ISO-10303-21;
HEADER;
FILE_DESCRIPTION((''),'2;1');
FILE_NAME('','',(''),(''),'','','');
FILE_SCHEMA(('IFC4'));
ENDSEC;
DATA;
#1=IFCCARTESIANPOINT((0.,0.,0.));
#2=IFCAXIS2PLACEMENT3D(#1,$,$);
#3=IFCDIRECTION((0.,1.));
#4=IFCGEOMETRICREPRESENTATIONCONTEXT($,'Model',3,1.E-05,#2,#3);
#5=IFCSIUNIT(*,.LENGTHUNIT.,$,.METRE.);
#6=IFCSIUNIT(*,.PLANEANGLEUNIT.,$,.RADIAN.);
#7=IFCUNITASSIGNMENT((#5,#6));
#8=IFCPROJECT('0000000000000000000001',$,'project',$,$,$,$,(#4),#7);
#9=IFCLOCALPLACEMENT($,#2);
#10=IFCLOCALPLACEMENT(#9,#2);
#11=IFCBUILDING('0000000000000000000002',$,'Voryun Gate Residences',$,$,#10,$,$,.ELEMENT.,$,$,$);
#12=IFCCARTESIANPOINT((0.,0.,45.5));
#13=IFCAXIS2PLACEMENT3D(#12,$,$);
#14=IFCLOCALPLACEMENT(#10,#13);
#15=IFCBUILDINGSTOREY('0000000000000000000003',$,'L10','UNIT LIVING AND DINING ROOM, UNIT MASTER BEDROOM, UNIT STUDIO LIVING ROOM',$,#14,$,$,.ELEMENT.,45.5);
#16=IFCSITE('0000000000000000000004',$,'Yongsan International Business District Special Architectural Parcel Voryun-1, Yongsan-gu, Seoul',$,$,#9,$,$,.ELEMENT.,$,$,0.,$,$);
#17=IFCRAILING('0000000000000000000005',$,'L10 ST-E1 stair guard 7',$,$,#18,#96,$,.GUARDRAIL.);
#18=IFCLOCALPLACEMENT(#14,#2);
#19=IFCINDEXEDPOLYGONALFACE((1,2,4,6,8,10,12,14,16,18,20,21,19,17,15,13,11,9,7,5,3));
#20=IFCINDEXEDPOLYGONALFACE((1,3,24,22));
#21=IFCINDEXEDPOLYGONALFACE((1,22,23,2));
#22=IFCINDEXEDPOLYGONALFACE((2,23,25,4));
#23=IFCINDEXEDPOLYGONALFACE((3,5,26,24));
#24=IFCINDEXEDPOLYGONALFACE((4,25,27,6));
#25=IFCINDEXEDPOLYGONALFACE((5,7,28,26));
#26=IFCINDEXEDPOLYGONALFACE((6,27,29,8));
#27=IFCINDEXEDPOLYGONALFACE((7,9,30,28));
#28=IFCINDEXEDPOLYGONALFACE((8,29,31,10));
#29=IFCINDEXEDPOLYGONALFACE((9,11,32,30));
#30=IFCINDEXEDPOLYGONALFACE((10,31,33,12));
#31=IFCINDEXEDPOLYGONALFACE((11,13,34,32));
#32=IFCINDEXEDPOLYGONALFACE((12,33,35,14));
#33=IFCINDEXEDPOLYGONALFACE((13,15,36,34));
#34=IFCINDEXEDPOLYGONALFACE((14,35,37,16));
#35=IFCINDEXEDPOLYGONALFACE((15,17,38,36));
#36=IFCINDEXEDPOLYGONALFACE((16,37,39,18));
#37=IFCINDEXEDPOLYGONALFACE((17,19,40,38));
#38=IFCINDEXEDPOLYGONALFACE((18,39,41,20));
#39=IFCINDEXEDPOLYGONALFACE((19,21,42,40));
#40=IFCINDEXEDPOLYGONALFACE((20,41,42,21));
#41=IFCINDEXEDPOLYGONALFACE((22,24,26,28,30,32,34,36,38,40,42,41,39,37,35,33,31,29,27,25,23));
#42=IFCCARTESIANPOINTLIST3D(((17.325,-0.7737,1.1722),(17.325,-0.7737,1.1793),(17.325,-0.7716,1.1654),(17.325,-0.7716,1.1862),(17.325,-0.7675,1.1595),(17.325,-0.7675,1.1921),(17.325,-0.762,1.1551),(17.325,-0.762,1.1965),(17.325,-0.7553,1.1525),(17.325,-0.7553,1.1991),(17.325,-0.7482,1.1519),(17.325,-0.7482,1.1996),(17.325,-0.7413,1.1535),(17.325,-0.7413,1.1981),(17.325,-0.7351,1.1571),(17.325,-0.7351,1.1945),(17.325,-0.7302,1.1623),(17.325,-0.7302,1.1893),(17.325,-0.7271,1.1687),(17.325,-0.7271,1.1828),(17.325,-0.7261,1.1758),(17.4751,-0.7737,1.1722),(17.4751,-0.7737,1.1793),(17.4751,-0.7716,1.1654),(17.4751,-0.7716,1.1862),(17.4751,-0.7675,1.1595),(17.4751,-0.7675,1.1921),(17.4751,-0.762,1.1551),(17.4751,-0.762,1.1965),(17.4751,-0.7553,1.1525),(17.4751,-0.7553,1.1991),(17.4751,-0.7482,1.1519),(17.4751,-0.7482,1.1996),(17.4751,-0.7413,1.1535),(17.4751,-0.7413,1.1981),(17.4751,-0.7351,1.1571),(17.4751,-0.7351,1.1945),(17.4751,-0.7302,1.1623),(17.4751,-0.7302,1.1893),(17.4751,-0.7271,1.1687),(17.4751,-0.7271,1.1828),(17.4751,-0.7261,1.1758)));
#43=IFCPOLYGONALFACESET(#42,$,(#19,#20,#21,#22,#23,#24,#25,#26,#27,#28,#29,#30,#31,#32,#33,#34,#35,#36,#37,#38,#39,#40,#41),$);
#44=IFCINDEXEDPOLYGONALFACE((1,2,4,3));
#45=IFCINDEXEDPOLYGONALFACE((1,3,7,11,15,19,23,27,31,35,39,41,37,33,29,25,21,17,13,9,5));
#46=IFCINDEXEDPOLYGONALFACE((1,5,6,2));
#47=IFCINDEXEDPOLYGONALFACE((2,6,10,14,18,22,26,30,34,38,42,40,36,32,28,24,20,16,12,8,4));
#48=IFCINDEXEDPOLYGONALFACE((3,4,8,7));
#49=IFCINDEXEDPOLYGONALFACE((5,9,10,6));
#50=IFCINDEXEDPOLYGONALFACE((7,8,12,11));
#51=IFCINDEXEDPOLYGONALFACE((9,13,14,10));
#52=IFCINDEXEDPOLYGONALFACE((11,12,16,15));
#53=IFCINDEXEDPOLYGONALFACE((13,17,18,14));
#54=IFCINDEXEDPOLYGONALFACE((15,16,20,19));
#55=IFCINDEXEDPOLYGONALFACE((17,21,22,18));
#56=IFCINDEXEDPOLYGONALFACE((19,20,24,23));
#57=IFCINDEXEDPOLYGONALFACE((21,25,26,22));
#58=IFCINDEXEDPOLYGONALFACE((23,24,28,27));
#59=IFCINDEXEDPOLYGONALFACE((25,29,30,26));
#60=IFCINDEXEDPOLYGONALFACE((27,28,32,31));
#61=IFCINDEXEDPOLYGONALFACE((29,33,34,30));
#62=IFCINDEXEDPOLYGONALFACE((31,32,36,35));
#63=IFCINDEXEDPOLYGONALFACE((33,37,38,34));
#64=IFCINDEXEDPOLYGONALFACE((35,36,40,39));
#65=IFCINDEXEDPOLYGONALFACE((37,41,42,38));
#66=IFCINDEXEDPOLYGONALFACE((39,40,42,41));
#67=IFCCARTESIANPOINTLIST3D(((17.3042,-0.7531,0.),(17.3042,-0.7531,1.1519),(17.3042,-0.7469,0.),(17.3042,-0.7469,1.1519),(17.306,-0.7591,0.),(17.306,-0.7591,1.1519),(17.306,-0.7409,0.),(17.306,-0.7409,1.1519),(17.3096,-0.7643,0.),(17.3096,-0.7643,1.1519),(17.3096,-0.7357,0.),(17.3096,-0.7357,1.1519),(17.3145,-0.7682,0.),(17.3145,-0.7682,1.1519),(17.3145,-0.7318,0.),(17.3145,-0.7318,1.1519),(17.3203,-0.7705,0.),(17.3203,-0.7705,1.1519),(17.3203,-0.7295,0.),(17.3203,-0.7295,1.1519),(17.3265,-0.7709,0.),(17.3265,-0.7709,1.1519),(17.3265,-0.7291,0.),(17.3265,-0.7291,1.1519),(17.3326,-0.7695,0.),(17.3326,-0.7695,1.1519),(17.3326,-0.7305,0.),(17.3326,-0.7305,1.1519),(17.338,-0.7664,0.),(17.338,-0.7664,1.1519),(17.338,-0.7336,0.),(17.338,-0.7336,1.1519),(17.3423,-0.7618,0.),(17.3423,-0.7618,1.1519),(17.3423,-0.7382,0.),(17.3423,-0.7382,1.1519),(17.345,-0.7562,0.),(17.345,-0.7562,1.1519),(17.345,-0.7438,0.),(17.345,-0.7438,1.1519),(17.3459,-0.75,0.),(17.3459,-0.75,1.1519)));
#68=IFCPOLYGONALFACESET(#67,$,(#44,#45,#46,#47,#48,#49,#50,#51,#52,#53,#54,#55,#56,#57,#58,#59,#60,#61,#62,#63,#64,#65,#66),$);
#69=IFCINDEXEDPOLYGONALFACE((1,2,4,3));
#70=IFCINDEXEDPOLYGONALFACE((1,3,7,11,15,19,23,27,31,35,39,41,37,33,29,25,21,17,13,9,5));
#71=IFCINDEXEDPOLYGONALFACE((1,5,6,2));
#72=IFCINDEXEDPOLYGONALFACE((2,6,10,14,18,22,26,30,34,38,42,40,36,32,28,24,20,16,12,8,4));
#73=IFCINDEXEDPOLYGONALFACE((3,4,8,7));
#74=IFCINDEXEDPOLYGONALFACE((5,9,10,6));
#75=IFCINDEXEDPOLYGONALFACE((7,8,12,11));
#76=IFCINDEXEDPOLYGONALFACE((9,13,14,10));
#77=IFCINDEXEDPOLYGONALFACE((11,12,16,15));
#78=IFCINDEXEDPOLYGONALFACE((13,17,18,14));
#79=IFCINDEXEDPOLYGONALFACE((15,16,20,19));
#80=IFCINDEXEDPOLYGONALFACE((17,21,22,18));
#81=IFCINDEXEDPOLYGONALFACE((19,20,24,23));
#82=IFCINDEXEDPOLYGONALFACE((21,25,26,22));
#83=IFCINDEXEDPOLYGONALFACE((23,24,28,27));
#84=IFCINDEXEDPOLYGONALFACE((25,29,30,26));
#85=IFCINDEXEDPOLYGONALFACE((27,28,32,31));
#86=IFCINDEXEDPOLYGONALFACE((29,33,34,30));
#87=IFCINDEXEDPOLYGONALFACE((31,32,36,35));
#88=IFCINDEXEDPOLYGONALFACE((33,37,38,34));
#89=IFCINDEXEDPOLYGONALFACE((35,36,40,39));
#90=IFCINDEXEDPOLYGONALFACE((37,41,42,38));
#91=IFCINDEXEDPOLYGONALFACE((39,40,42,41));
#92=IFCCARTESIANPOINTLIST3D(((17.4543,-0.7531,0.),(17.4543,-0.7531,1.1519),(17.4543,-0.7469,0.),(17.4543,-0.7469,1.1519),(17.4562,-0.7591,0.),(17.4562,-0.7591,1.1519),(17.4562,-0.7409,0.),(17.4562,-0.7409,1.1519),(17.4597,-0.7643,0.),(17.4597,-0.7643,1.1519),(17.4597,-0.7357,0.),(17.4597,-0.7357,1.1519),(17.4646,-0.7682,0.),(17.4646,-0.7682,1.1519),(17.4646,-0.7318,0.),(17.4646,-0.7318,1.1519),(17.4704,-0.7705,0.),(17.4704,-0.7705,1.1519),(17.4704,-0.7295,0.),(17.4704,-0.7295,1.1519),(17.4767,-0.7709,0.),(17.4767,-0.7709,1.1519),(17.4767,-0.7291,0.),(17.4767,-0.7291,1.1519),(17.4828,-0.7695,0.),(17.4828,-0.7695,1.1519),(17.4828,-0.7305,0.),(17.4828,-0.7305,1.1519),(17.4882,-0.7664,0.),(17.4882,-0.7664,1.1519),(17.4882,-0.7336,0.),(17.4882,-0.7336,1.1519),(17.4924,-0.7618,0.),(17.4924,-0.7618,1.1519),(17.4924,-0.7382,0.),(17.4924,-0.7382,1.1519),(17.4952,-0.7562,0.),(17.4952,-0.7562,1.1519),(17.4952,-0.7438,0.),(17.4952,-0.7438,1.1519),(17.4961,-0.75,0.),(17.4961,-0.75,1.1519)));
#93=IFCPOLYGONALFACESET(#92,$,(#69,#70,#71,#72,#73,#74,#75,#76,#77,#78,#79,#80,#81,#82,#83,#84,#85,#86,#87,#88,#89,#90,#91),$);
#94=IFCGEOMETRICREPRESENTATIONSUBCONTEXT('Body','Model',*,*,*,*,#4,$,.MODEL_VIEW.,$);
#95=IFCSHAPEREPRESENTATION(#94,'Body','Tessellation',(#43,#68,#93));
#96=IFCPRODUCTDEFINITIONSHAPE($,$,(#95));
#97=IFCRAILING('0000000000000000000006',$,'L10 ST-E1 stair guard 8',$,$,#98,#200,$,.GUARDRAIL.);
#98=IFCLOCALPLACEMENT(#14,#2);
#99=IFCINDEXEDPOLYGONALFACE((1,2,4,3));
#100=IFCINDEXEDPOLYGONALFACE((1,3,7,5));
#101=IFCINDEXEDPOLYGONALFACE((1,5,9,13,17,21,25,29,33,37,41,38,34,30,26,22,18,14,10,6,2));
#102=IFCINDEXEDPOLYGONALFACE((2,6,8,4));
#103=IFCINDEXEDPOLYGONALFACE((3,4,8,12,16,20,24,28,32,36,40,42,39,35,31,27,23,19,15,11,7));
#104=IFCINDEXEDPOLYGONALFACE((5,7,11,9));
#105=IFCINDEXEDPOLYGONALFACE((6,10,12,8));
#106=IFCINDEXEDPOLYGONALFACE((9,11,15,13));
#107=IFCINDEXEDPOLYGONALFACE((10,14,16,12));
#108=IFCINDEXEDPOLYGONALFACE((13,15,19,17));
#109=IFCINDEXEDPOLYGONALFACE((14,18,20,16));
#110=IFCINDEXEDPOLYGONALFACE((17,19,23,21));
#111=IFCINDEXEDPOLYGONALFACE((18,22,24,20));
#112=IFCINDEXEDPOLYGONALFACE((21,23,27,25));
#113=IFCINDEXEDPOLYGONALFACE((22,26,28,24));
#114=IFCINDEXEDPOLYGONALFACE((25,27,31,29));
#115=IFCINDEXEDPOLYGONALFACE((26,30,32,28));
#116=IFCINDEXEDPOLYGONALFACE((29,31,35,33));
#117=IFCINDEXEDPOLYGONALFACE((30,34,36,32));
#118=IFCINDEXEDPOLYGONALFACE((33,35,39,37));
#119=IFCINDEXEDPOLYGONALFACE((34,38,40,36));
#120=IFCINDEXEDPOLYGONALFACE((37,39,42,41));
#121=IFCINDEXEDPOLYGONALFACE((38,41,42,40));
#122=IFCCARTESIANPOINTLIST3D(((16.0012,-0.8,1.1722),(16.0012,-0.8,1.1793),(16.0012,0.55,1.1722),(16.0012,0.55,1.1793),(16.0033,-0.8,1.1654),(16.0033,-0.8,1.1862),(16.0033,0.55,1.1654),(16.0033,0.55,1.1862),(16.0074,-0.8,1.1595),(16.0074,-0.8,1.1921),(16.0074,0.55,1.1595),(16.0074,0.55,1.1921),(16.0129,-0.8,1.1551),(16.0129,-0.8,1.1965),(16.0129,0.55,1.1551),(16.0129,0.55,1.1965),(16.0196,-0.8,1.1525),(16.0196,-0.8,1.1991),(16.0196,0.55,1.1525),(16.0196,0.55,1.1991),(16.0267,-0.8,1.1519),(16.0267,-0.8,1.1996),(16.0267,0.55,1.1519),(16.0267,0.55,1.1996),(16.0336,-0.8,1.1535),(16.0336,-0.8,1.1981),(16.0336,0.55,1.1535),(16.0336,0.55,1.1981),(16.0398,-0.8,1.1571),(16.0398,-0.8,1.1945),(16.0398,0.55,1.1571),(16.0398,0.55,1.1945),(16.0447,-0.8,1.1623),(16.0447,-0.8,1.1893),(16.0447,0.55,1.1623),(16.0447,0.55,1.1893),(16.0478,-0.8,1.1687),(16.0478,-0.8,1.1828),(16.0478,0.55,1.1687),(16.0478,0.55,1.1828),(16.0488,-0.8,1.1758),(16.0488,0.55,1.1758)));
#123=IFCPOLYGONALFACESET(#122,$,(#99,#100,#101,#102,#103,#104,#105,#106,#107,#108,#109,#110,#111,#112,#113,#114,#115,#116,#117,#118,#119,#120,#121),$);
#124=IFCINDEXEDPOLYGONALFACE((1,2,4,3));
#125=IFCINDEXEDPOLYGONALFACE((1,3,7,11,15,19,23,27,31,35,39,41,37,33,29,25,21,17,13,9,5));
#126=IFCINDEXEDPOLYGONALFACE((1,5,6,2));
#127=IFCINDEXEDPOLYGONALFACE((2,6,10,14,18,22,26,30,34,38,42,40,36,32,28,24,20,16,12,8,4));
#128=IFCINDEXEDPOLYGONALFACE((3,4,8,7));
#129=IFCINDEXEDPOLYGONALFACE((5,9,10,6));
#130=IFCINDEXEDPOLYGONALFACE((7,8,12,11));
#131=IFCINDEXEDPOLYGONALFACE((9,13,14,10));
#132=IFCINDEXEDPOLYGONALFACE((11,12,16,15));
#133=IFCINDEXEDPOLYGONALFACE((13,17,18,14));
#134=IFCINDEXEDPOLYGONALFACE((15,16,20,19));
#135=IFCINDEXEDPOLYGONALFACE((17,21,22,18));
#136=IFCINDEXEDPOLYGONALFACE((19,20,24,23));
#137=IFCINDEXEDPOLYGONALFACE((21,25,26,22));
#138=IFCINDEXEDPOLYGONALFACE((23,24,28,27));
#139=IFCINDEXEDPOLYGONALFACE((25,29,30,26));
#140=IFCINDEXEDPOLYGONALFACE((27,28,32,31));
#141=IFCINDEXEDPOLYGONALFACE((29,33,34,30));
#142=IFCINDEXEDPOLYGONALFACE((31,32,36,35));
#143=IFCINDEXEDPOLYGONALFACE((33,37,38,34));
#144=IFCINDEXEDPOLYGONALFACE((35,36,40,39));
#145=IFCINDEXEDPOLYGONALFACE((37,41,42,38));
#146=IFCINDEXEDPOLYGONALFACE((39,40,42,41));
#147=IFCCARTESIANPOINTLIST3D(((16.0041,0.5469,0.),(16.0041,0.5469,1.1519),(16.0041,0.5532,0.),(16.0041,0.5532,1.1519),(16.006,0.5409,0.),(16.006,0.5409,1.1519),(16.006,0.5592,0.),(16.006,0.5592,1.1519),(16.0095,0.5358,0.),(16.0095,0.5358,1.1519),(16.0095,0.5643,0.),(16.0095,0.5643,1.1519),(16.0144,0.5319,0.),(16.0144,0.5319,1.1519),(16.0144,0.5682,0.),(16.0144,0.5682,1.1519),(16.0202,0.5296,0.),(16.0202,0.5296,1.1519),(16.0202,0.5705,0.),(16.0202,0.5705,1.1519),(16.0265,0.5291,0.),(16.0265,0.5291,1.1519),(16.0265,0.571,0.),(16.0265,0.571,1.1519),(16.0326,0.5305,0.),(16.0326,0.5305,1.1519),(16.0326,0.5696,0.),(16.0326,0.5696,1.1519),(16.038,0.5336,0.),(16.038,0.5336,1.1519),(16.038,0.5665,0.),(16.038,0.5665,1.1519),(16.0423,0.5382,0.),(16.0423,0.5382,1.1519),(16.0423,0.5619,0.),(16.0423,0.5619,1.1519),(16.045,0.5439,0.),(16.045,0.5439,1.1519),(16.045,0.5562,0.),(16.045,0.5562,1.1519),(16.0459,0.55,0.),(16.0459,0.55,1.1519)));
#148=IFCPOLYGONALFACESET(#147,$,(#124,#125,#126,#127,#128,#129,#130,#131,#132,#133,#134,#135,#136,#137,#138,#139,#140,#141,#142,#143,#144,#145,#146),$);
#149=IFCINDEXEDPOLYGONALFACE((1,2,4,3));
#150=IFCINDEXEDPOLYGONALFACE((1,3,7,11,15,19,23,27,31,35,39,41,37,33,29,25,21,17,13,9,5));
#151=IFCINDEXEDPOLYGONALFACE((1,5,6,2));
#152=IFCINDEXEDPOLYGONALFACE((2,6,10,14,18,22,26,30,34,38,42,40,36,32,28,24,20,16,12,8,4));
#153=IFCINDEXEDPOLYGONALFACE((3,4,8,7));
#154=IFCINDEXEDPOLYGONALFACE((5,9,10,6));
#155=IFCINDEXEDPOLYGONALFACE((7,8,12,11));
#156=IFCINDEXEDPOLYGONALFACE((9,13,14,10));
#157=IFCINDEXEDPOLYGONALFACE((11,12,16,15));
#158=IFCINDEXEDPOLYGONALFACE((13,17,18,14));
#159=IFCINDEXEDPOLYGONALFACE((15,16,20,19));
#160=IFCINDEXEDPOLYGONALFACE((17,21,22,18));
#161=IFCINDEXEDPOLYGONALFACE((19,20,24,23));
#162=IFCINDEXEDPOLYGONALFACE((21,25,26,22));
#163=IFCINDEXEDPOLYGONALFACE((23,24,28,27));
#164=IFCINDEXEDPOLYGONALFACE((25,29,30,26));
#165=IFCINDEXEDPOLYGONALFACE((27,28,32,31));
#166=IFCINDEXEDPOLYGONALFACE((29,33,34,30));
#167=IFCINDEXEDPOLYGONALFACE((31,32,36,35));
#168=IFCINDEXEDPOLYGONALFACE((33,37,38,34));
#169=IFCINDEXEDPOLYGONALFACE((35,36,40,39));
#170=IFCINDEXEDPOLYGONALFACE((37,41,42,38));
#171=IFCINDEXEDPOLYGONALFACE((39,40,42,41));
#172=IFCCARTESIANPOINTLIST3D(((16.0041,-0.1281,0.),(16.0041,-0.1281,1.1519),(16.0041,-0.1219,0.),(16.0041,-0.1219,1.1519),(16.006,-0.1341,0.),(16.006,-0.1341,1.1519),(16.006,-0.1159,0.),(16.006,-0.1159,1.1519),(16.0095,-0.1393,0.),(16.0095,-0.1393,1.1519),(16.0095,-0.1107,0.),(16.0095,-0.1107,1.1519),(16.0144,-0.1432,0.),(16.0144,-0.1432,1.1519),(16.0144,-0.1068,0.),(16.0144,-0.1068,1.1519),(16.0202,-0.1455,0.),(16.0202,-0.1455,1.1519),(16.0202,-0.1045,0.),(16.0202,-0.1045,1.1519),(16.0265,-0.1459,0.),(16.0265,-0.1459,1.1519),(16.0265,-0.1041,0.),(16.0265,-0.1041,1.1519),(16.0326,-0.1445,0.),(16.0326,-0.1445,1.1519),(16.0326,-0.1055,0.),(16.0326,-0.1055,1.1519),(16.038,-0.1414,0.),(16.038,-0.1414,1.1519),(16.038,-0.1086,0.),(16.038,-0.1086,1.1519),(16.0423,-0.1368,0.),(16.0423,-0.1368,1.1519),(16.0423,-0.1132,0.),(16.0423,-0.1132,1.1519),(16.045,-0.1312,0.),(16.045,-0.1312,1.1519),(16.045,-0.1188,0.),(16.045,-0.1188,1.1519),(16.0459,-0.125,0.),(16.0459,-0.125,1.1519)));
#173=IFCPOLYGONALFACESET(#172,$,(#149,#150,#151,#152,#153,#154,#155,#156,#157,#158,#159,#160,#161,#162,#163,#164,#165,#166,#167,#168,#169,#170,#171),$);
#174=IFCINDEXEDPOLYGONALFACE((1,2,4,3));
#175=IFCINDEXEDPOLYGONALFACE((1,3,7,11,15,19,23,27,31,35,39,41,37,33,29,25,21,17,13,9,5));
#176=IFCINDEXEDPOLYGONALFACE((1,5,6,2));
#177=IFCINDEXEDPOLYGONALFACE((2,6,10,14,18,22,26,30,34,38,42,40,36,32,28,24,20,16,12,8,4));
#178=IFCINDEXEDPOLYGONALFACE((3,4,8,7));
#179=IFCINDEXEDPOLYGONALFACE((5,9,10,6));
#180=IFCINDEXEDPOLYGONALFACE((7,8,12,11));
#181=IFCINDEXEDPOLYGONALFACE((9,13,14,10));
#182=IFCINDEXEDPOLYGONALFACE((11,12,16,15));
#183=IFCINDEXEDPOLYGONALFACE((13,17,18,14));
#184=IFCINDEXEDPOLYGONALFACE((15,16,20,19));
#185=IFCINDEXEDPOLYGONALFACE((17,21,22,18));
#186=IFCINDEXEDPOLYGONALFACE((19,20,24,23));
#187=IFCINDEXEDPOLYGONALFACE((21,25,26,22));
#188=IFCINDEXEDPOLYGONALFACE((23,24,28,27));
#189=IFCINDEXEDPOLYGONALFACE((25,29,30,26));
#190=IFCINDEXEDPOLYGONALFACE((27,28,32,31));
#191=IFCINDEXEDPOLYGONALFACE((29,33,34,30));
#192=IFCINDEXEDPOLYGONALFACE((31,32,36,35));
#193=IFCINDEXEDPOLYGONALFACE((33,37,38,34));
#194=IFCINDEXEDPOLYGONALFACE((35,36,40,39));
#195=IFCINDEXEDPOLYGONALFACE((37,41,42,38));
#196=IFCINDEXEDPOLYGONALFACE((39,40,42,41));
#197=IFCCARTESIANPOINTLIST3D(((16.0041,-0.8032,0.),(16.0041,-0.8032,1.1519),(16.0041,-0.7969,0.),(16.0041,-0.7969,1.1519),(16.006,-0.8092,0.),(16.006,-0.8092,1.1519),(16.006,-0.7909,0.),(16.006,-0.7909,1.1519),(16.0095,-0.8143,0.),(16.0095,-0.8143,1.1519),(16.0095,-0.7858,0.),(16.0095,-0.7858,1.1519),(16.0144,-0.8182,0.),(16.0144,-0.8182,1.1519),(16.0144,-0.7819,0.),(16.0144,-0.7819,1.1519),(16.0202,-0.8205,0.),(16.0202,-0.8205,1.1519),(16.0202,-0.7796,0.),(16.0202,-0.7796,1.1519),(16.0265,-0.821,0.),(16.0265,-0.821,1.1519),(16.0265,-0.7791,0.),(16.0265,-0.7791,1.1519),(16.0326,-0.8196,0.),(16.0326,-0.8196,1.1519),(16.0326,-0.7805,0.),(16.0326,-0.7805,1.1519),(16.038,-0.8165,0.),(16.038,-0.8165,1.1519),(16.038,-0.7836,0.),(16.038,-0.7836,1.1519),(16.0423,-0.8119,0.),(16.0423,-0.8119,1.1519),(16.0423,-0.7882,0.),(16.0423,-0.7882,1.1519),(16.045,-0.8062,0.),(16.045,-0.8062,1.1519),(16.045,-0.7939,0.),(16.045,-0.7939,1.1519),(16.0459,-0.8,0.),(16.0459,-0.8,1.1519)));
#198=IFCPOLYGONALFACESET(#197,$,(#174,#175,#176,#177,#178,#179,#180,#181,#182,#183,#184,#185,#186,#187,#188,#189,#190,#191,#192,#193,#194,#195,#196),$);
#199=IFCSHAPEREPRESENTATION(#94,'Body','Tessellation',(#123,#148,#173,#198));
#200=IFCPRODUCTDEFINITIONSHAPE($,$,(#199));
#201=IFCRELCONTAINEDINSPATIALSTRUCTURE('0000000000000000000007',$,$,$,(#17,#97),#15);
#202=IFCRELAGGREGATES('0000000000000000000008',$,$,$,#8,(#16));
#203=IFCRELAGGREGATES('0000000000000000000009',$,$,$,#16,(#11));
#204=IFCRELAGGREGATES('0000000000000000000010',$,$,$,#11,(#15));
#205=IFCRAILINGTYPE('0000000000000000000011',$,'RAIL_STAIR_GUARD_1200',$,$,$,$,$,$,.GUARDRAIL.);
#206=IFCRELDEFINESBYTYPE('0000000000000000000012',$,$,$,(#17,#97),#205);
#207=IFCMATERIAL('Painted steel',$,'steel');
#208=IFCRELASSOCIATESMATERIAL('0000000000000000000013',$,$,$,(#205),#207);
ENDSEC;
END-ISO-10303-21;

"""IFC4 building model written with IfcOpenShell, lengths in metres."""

from ifc_helpers import new_model, si_unit, direction, frame, origin, origin_2d, place, context, subcontext, project, spatial, circle, extrude, material, type_object, element, save


model = new_model("IFC4")

# Units and contexts
model_context = context("Model", 3, precision=1e-05, world=origin(), true_north=direction((0.0, 1.0)))
body_context = subcontext(model_context, "Body", "Model", "MODEL_VIEW")
ifc_project = project(units=[si_unit("LENGTHUNIT", "METRE"), si_unit("PLANEANGLEUNIT", "RADIAN")], contexts=[model_context])

# Site, building, storey
site_placement = place(None, origin())
site = spatial("IfcSite", under=ifc_project, at=site_placement, Name="Yongsan International Business District Special Architectural Parcel Voryun-1, Yongsan-gu, Seoul", CompositionType="ELEMENT", RefElevation=0.0)
building_placement = place(site_placement, origin())
building = spatial("IfcBuilding", under=site, at=building_placement, Name="Voryun Gate Residences", CompositionType="ELEMENT")
storey_placement = place(building_placement, frame((0.0, 0.0, 45.5)))
storey = spatial("IfcBuildingStorey", under=building, at=storey_placement, Name="L10", Description="UNIT LIVING AND DINING ROOM, UNIT MASTER BEDROOM, UNIT STUDIO LIVING ROOM", CompositionType="ELEMENT", Elevation=45.5)

# Railings
ifc_material_1 = material(Name="Painted steel", Category="steel")
railing_type = type_object("IfcRailingType", Name="RAIL_STAIR_GUARD_1200", PredefinedType="GUARDRAIL", material=ifc_material_1)
railing_1_placement = place(storey_placement, frame((17.325, -0.75, 0.0)))
element("IfcRailing", 1, at=railing_1_placement, inside=storey, type_object=railing_type, Name="L10 ST-E1 stair guard 7", PredefinedType="GUARDRAIL", context=body_context, shape_type="SweptSolid", body=[
    extrude(circle(Radius=0.0239, at=origin_2d()), frame((0.0, 0.0, 1.1758), z_axis=(1.0, 0.0, 0.0), x_axis=(0.0, 1.0, 0.0)), (0.0, 0.0, 1.0), 0.1501),
    extrude(circle(Radius=0.021, at=origin_2d()), origin(), (0.0, 0.0, 1.0), 1.1519),
    extrude(circle(Radius=0.021, at=origin_2d()), frame((0.1501, 0.0, 0.0)), (0.0, 0.0, 1.0), 1.1519),
])
for number, where, name in (
    (2, (16.0249, 0.55, 0.0), "L10 ST-E1 stair guard 8"),
):
    element("IfcRailing", number, at=place(storey_placement, frame(where)), inside=storey, type_object=railing_type, Name=name, PredefinedType="GUARDRAIL", context=body_context, shape_type="SweptSolid", body=[
        extrude(circle(Radius=0.0239, at=origin_2d()), frame((0.0, 0.0, 1.1758), z_axis=(0.0, -1.0, 0.0), x_axis=(1.0, 0.0, 0.0)), (0.0, 0.0, 1.0), 1.3501),
        extrude(circle(Radius=0.021, at=origin_2d()), origin(), (0.0, 0.0, 1.0), 1.1519),
        extrude(circle(Radius=0.021, at=origin_2d()), frame((0.0, -0.675, 0.0)), (0.0, 0.0, 1.0), 1.1519),
        extrude(circle(Radius=0.021, at=origin_2d()), frame((0.0, -1.3501, 0.0)), (0.0, 0.0, 1.0), 1.1519),
    ])

save(model, "model.ifc")
